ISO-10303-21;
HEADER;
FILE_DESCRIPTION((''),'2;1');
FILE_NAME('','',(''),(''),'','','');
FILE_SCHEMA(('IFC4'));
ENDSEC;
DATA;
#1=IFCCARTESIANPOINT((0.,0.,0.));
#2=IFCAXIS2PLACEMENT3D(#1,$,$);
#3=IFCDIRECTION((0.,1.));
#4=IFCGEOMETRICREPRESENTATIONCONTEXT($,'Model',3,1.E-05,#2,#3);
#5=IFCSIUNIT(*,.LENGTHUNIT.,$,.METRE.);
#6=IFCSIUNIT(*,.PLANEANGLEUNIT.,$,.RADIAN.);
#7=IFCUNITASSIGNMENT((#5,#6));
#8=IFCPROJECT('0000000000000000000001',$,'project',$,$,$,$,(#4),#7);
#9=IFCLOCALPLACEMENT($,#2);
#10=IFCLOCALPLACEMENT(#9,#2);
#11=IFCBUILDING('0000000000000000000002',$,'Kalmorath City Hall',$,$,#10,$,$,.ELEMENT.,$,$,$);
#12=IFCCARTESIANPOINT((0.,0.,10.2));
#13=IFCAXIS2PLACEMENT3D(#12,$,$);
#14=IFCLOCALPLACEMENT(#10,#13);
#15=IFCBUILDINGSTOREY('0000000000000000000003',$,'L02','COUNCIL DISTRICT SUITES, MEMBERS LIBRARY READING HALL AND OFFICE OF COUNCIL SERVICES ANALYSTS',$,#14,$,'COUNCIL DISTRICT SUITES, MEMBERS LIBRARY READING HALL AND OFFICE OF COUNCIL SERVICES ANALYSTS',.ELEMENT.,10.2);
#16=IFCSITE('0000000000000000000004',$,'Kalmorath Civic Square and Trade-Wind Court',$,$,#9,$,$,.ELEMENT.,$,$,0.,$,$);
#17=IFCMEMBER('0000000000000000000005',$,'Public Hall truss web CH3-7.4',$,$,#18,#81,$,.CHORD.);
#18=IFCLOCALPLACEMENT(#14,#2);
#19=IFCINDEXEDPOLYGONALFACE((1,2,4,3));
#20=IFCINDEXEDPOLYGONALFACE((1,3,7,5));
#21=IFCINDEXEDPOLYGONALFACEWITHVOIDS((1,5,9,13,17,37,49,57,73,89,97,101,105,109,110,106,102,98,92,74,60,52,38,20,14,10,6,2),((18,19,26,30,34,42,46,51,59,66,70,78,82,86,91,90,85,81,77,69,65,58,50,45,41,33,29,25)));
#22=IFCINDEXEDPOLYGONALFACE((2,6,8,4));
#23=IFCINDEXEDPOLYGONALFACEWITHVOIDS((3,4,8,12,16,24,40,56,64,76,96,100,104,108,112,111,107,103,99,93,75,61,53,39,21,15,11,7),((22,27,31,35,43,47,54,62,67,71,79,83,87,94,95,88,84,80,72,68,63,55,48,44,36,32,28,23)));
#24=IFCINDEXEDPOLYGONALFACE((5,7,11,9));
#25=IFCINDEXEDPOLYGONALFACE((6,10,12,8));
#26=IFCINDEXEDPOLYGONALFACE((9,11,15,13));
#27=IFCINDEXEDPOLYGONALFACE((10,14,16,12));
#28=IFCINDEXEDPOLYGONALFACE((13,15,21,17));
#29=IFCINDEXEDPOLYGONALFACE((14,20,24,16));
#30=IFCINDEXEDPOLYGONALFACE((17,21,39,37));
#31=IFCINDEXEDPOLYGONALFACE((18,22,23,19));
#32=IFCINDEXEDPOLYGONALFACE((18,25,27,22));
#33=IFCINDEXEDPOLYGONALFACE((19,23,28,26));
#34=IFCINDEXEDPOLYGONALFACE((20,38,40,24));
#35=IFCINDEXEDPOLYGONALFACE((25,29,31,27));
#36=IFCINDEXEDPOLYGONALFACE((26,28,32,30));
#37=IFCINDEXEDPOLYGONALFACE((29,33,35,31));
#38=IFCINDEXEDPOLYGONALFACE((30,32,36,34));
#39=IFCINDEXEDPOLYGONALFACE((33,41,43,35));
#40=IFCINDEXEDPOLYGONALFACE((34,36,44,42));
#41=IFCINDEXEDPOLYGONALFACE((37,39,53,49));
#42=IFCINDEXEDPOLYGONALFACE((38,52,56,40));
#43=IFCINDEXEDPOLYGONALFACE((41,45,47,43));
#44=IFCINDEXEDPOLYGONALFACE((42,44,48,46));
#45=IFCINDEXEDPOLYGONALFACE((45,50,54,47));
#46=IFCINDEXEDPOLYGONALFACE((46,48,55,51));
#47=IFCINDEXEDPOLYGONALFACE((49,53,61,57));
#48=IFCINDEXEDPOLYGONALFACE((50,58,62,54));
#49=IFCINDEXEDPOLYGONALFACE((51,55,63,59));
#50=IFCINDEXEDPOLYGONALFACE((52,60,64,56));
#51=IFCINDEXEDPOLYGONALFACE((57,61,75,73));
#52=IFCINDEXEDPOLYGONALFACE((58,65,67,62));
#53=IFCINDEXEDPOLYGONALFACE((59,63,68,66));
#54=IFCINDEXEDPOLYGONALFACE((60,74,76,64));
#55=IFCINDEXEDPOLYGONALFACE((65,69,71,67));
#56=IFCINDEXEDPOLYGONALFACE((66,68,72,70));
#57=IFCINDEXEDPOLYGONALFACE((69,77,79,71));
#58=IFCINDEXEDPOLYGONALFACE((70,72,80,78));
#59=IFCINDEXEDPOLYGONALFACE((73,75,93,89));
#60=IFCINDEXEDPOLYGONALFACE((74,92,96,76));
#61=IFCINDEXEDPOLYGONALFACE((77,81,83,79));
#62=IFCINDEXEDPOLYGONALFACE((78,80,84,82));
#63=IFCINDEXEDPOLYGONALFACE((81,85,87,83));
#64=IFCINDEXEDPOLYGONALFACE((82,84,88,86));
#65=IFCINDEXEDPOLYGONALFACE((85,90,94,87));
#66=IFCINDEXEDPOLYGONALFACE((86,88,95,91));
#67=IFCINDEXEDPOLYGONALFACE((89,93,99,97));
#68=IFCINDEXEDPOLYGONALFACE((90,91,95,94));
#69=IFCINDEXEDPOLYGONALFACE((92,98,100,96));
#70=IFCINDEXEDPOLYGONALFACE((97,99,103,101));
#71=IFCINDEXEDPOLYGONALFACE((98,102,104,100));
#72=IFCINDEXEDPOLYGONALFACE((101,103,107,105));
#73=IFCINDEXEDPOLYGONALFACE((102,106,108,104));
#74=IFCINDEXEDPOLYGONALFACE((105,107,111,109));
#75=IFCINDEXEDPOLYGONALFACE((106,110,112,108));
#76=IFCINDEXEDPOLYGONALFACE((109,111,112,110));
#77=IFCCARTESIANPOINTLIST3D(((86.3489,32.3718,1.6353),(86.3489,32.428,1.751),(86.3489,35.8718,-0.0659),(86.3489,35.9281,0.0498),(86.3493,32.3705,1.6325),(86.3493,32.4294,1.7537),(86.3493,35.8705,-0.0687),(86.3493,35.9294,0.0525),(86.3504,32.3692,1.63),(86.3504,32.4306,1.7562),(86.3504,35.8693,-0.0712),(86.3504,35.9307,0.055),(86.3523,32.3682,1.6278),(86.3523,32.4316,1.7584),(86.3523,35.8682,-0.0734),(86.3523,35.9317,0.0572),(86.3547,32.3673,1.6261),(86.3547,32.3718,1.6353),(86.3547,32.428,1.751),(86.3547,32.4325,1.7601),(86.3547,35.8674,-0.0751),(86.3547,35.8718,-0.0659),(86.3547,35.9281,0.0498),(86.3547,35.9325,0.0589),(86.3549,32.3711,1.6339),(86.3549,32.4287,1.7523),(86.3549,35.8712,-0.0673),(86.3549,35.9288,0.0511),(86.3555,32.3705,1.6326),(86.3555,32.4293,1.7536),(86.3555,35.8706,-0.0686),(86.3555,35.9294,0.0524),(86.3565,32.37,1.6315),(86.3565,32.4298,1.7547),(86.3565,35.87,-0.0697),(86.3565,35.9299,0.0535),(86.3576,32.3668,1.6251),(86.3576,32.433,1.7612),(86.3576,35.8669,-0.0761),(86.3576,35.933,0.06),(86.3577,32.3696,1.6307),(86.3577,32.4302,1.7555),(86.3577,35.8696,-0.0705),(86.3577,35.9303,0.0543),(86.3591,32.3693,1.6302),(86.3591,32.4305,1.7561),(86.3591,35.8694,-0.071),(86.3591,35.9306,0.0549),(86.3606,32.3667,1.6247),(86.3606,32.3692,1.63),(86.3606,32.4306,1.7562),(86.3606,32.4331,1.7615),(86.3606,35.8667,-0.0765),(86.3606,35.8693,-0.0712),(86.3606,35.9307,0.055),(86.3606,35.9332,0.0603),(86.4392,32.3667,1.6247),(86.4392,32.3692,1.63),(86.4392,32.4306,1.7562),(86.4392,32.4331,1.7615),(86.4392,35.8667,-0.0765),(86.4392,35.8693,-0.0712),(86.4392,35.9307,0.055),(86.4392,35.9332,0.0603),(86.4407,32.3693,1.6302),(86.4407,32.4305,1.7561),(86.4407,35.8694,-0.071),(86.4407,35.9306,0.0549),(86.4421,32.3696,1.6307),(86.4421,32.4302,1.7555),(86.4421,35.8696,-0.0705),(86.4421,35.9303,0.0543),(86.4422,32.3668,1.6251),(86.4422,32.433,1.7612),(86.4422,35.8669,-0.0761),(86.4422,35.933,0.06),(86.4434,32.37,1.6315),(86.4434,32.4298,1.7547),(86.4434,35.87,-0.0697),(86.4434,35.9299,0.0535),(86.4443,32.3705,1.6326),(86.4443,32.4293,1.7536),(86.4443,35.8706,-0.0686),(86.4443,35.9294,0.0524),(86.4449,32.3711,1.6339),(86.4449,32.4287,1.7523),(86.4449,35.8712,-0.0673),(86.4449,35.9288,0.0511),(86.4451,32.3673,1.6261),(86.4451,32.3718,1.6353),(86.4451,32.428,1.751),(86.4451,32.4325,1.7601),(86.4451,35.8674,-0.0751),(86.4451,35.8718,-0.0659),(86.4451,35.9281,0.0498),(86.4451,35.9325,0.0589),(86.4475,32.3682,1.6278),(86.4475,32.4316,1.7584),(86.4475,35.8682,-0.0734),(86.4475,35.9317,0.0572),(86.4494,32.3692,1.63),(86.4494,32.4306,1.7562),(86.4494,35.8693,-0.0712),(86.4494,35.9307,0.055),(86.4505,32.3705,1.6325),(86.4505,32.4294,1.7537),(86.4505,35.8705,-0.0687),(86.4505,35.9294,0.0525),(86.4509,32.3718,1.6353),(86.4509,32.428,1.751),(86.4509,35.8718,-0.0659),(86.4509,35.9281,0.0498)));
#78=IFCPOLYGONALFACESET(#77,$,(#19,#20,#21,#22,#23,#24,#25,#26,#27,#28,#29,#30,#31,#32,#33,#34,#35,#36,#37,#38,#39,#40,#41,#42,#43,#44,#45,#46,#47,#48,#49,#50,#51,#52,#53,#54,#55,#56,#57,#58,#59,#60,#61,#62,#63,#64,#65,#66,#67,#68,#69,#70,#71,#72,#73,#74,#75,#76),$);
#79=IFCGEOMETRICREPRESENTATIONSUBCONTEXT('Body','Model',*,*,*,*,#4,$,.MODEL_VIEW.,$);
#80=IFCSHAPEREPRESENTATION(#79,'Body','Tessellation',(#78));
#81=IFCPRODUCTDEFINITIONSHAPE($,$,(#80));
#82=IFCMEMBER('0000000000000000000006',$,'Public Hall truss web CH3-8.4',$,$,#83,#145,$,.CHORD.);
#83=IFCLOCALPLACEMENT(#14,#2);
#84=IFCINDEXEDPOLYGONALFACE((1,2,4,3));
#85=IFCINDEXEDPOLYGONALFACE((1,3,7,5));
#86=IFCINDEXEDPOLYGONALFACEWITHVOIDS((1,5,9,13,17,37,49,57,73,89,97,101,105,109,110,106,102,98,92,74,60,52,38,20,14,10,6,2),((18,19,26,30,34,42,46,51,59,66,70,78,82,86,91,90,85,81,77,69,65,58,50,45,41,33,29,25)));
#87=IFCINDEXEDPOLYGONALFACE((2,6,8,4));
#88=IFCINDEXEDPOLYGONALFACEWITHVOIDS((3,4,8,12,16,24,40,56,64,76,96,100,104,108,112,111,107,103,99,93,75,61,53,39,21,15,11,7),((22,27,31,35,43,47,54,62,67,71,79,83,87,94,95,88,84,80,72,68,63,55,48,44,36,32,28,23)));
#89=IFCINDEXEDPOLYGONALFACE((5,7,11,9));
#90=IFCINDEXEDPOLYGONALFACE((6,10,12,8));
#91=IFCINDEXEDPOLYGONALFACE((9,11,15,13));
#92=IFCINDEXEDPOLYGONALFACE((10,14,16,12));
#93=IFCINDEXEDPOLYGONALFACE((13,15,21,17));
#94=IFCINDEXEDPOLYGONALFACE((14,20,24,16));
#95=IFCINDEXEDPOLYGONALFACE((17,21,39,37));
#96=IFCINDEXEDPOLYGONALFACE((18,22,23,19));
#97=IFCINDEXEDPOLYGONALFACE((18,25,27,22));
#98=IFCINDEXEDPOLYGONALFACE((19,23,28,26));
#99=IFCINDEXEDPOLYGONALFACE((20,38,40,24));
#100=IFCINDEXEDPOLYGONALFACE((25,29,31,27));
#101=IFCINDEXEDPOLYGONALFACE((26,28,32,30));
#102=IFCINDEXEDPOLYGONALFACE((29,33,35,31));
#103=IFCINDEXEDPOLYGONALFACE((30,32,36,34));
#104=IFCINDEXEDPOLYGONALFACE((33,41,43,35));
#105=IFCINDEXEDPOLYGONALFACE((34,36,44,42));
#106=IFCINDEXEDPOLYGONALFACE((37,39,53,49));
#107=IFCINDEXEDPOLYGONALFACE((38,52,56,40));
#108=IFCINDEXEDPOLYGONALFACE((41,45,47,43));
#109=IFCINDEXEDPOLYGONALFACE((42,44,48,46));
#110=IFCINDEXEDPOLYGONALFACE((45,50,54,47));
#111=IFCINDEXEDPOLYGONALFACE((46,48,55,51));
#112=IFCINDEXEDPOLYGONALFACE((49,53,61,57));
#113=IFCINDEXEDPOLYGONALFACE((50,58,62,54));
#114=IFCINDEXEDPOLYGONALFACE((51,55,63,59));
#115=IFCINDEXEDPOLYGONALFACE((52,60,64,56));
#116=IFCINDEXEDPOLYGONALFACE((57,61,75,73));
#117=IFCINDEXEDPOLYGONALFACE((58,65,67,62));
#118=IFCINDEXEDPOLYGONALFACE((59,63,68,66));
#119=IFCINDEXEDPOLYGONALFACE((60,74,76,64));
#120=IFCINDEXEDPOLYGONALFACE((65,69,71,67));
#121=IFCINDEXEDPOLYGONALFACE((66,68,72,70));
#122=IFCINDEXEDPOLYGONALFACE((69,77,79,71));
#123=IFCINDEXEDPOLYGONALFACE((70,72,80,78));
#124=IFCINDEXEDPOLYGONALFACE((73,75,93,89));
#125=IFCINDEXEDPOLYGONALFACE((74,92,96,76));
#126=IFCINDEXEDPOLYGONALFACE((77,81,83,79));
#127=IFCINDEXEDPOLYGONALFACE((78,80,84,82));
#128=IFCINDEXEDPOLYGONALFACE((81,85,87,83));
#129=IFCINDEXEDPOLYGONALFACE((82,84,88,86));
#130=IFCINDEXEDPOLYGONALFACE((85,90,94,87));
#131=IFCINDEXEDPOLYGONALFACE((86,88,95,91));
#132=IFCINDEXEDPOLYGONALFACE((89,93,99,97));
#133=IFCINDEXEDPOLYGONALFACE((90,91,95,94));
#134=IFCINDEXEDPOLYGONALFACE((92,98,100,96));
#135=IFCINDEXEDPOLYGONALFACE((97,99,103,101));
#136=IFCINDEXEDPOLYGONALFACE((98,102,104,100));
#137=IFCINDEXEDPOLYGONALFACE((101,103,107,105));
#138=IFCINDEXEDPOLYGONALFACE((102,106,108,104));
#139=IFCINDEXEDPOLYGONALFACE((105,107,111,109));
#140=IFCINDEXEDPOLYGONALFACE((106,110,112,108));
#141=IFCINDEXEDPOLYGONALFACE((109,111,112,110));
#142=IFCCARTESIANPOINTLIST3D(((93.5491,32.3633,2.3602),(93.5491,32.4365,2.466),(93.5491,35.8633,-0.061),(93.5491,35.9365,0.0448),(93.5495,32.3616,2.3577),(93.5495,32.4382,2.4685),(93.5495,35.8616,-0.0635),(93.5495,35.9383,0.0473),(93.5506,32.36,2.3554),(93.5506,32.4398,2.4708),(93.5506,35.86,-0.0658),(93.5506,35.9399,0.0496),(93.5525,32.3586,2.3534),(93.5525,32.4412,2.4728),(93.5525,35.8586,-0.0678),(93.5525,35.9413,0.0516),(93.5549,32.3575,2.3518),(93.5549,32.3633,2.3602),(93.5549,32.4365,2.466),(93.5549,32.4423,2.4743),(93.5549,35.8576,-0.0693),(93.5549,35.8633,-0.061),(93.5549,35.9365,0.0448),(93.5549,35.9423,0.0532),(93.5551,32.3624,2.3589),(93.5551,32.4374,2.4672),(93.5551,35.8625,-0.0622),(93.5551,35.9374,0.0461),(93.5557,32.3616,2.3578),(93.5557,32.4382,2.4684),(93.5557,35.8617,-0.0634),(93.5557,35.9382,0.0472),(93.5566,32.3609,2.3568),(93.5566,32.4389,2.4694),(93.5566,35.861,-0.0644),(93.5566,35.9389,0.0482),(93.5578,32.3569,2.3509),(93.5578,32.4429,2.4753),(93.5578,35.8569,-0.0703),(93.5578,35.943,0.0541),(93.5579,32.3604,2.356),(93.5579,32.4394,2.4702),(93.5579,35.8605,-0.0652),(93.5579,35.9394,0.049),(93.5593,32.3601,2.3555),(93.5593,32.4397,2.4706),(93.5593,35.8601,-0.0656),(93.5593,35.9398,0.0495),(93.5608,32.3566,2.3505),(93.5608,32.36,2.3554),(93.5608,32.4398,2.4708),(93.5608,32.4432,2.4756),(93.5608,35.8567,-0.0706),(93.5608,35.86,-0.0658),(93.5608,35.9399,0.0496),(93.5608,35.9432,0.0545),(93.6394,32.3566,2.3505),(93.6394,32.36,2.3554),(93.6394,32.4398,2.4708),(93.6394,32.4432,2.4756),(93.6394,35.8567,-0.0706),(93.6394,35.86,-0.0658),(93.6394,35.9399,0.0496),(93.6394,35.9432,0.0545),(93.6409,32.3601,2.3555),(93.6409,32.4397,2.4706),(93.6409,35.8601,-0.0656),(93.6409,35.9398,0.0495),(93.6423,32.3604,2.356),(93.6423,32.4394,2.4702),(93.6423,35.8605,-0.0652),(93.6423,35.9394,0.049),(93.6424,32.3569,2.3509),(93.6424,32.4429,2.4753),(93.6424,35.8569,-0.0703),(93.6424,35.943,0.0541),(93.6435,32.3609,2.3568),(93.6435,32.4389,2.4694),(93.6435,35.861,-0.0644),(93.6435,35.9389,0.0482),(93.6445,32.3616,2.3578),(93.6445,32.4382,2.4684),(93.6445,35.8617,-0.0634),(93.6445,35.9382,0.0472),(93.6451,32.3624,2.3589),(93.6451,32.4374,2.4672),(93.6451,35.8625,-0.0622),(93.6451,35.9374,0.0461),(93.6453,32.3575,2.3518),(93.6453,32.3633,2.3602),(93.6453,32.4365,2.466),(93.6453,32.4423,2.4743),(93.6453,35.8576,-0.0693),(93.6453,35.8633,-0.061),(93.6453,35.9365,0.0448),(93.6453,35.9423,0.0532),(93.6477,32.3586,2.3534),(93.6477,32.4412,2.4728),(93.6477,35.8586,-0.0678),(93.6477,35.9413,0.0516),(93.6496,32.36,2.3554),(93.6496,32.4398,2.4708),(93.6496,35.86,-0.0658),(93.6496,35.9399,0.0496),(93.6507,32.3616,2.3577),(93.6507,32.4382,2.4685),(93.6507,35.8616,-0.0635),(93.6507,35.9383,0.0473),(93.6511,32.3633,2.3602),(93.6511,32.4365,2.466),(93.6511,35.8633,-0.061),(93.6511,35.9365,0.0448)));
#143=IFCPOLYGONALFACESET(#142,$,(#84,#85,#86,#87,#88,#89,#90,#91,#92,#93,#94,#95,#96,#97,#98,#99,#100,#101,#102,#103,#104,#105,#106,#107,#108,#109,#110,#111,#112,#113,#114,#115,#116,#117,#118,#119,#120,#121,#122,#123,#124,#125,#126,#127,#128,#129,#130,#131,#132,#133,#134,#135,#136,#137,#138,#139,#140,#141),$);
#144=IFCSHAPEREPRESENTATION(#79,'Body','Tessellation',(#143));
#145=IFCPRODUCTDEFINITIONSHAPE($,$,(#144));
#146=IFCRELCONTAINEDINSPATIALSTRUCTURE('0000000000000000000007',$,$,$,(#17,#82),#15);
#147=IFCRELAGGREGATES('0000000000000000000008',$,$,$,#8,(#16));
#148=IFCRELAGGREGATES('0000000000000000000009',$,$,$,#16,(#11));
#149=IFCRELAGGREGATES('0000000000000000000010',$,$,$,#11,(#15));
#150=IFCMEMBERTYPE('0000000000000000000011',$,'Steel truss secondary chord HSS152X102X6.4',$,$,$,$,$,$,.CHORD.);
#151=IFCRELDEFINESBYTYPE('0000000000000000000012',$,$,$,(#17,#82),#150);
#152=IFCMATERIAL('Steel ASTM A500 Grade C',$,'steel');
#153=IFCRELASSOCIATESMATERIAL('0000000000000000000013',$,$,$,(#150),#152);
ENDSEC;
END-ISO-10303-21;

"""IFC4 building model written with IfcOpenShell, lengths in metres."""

from ifc_helpers import new_model, si_unit, direction, frame, origin, origin_2d, place, context, subcontext, project, spatial, hollow_rectangle, extrude, material, material_profile, profile_set, type_object, element, save


model = new_model("IFC4")

# Units and contexts
model_context = context("Model", 3, precision=1e-05, world=origin(), true_north=direction((0.0, 1.0)))
body_context = subcontext(model_context, "Body", "Model", "MODEL_VIEW")
ifc_project = project(units=[si_unit("LENGTHUNIT", "METRE"), si_unit("PLANEANGLEUNIT", "RADIAN")], contexts=[model_context])

# Site, building, storey
site_placement = place(None, origin())
site = spatial("IfcSite", under=ifc_project, at=site_placement, Name="Kalmorath Civic Square and Trade-Wind Court", CompositionType="ELEMENT", RefElevation=0.0)
building_placement = place(site_placement, origin())
building = spatial("IfcBuilding", under=site, at=building_placement, Name="Kalmorath City Hall", CompositionType="ELEMENT")
storey_placement = place(building_placement, frame((0.0, 0.0, 10.2)))
storey = spatial("IfcBuildingStorey", under=building, at=storey_placement, Name="L02", Description="COUNCIL DISTRICT SUITES, MEMBERS LIBRARY READING HALL AND OFFICE OF COUNCIL SERVICES ANALYSTS", LongName="COUNCIL DISTRICT SUITES, MEMBERS LIBRARY READING HALL AND OFFICE OF COUNCIL SERVICES ANALYSTS", CompositionType="ELEMENT", Elevation=10.2)

# Members
ifc_material_1 = material(Name="Steel ASTM A500 Grade C", Category="steel")
ifc_material_profile_1 = material_profile(ifc_material_1, hollow_rectangle(XDim=0.1021, YDim=0.1521, WallThickness=0.0059, InnerFilletRadius=0.0059, OuterFilletRadius=0.0117, at=origin_2d()), Name="HSS152X102X6.4")
ifc_profile_set_1 = profile_set([ifc_material_profile_1], Name="Steel ASTM A500 Grade C")
member_type_1 = type_object("IfcMemberType", Name="Steel truss secondary chord HSS152X102X6.4", PredefinedType="CHORD", material=ifc_profile_set_1)
member_1_placement = place(storey_placement, frame((86.3999, 32.3999, 1.6931), z_axis=(0.0, 0.89939, -0.437148), x_axis=(-1.0, 0.0, 0.0)))
element("IfcMember", 1, at=member_1_placement, inside=storey, type_object=member_type_1, Name="Public Hall truss web CH3-7.4", PredefinedType="CHORD", context=body_context, shape_type="SweptSolid", body=[
    extrude(hollow_rectangle(XDim=0.1021, YDim=0.1521, WallThickness=0.0059, InnerFilletRadius=0.0059, OuterFilletRadius=0.0117, at=origin_2d()), origin(), (0.0, 0.0, 1.0), 3.8916),
])
member_2_placement = place(storey_placement, frame((93.6001, 32.3999, 2.4131), z_axis=(0.0, 0.822405, -0.568903), x_axis=(-1.0, 0.0, 0.0)))
element("IfcMember", 2, at=member_2_placement, inside=storey, type_object=member_type_1, Name="Public Hall truss web CH3-8.4", PredefinedType="CHORD", context=body_context, shape_type="SweptSolid", body=[
    extrude(hollow_rectangle(XDim=0.1021, YDim=0.1521, WallThickness=0.0059, InnerFilletRadius=0.0059, OuterFilletRadius=0.0117, at=origin_2d()), origin(), (0.0, 0.0, 1.0), 4.2559),
])

save(model, "model.ifc")
